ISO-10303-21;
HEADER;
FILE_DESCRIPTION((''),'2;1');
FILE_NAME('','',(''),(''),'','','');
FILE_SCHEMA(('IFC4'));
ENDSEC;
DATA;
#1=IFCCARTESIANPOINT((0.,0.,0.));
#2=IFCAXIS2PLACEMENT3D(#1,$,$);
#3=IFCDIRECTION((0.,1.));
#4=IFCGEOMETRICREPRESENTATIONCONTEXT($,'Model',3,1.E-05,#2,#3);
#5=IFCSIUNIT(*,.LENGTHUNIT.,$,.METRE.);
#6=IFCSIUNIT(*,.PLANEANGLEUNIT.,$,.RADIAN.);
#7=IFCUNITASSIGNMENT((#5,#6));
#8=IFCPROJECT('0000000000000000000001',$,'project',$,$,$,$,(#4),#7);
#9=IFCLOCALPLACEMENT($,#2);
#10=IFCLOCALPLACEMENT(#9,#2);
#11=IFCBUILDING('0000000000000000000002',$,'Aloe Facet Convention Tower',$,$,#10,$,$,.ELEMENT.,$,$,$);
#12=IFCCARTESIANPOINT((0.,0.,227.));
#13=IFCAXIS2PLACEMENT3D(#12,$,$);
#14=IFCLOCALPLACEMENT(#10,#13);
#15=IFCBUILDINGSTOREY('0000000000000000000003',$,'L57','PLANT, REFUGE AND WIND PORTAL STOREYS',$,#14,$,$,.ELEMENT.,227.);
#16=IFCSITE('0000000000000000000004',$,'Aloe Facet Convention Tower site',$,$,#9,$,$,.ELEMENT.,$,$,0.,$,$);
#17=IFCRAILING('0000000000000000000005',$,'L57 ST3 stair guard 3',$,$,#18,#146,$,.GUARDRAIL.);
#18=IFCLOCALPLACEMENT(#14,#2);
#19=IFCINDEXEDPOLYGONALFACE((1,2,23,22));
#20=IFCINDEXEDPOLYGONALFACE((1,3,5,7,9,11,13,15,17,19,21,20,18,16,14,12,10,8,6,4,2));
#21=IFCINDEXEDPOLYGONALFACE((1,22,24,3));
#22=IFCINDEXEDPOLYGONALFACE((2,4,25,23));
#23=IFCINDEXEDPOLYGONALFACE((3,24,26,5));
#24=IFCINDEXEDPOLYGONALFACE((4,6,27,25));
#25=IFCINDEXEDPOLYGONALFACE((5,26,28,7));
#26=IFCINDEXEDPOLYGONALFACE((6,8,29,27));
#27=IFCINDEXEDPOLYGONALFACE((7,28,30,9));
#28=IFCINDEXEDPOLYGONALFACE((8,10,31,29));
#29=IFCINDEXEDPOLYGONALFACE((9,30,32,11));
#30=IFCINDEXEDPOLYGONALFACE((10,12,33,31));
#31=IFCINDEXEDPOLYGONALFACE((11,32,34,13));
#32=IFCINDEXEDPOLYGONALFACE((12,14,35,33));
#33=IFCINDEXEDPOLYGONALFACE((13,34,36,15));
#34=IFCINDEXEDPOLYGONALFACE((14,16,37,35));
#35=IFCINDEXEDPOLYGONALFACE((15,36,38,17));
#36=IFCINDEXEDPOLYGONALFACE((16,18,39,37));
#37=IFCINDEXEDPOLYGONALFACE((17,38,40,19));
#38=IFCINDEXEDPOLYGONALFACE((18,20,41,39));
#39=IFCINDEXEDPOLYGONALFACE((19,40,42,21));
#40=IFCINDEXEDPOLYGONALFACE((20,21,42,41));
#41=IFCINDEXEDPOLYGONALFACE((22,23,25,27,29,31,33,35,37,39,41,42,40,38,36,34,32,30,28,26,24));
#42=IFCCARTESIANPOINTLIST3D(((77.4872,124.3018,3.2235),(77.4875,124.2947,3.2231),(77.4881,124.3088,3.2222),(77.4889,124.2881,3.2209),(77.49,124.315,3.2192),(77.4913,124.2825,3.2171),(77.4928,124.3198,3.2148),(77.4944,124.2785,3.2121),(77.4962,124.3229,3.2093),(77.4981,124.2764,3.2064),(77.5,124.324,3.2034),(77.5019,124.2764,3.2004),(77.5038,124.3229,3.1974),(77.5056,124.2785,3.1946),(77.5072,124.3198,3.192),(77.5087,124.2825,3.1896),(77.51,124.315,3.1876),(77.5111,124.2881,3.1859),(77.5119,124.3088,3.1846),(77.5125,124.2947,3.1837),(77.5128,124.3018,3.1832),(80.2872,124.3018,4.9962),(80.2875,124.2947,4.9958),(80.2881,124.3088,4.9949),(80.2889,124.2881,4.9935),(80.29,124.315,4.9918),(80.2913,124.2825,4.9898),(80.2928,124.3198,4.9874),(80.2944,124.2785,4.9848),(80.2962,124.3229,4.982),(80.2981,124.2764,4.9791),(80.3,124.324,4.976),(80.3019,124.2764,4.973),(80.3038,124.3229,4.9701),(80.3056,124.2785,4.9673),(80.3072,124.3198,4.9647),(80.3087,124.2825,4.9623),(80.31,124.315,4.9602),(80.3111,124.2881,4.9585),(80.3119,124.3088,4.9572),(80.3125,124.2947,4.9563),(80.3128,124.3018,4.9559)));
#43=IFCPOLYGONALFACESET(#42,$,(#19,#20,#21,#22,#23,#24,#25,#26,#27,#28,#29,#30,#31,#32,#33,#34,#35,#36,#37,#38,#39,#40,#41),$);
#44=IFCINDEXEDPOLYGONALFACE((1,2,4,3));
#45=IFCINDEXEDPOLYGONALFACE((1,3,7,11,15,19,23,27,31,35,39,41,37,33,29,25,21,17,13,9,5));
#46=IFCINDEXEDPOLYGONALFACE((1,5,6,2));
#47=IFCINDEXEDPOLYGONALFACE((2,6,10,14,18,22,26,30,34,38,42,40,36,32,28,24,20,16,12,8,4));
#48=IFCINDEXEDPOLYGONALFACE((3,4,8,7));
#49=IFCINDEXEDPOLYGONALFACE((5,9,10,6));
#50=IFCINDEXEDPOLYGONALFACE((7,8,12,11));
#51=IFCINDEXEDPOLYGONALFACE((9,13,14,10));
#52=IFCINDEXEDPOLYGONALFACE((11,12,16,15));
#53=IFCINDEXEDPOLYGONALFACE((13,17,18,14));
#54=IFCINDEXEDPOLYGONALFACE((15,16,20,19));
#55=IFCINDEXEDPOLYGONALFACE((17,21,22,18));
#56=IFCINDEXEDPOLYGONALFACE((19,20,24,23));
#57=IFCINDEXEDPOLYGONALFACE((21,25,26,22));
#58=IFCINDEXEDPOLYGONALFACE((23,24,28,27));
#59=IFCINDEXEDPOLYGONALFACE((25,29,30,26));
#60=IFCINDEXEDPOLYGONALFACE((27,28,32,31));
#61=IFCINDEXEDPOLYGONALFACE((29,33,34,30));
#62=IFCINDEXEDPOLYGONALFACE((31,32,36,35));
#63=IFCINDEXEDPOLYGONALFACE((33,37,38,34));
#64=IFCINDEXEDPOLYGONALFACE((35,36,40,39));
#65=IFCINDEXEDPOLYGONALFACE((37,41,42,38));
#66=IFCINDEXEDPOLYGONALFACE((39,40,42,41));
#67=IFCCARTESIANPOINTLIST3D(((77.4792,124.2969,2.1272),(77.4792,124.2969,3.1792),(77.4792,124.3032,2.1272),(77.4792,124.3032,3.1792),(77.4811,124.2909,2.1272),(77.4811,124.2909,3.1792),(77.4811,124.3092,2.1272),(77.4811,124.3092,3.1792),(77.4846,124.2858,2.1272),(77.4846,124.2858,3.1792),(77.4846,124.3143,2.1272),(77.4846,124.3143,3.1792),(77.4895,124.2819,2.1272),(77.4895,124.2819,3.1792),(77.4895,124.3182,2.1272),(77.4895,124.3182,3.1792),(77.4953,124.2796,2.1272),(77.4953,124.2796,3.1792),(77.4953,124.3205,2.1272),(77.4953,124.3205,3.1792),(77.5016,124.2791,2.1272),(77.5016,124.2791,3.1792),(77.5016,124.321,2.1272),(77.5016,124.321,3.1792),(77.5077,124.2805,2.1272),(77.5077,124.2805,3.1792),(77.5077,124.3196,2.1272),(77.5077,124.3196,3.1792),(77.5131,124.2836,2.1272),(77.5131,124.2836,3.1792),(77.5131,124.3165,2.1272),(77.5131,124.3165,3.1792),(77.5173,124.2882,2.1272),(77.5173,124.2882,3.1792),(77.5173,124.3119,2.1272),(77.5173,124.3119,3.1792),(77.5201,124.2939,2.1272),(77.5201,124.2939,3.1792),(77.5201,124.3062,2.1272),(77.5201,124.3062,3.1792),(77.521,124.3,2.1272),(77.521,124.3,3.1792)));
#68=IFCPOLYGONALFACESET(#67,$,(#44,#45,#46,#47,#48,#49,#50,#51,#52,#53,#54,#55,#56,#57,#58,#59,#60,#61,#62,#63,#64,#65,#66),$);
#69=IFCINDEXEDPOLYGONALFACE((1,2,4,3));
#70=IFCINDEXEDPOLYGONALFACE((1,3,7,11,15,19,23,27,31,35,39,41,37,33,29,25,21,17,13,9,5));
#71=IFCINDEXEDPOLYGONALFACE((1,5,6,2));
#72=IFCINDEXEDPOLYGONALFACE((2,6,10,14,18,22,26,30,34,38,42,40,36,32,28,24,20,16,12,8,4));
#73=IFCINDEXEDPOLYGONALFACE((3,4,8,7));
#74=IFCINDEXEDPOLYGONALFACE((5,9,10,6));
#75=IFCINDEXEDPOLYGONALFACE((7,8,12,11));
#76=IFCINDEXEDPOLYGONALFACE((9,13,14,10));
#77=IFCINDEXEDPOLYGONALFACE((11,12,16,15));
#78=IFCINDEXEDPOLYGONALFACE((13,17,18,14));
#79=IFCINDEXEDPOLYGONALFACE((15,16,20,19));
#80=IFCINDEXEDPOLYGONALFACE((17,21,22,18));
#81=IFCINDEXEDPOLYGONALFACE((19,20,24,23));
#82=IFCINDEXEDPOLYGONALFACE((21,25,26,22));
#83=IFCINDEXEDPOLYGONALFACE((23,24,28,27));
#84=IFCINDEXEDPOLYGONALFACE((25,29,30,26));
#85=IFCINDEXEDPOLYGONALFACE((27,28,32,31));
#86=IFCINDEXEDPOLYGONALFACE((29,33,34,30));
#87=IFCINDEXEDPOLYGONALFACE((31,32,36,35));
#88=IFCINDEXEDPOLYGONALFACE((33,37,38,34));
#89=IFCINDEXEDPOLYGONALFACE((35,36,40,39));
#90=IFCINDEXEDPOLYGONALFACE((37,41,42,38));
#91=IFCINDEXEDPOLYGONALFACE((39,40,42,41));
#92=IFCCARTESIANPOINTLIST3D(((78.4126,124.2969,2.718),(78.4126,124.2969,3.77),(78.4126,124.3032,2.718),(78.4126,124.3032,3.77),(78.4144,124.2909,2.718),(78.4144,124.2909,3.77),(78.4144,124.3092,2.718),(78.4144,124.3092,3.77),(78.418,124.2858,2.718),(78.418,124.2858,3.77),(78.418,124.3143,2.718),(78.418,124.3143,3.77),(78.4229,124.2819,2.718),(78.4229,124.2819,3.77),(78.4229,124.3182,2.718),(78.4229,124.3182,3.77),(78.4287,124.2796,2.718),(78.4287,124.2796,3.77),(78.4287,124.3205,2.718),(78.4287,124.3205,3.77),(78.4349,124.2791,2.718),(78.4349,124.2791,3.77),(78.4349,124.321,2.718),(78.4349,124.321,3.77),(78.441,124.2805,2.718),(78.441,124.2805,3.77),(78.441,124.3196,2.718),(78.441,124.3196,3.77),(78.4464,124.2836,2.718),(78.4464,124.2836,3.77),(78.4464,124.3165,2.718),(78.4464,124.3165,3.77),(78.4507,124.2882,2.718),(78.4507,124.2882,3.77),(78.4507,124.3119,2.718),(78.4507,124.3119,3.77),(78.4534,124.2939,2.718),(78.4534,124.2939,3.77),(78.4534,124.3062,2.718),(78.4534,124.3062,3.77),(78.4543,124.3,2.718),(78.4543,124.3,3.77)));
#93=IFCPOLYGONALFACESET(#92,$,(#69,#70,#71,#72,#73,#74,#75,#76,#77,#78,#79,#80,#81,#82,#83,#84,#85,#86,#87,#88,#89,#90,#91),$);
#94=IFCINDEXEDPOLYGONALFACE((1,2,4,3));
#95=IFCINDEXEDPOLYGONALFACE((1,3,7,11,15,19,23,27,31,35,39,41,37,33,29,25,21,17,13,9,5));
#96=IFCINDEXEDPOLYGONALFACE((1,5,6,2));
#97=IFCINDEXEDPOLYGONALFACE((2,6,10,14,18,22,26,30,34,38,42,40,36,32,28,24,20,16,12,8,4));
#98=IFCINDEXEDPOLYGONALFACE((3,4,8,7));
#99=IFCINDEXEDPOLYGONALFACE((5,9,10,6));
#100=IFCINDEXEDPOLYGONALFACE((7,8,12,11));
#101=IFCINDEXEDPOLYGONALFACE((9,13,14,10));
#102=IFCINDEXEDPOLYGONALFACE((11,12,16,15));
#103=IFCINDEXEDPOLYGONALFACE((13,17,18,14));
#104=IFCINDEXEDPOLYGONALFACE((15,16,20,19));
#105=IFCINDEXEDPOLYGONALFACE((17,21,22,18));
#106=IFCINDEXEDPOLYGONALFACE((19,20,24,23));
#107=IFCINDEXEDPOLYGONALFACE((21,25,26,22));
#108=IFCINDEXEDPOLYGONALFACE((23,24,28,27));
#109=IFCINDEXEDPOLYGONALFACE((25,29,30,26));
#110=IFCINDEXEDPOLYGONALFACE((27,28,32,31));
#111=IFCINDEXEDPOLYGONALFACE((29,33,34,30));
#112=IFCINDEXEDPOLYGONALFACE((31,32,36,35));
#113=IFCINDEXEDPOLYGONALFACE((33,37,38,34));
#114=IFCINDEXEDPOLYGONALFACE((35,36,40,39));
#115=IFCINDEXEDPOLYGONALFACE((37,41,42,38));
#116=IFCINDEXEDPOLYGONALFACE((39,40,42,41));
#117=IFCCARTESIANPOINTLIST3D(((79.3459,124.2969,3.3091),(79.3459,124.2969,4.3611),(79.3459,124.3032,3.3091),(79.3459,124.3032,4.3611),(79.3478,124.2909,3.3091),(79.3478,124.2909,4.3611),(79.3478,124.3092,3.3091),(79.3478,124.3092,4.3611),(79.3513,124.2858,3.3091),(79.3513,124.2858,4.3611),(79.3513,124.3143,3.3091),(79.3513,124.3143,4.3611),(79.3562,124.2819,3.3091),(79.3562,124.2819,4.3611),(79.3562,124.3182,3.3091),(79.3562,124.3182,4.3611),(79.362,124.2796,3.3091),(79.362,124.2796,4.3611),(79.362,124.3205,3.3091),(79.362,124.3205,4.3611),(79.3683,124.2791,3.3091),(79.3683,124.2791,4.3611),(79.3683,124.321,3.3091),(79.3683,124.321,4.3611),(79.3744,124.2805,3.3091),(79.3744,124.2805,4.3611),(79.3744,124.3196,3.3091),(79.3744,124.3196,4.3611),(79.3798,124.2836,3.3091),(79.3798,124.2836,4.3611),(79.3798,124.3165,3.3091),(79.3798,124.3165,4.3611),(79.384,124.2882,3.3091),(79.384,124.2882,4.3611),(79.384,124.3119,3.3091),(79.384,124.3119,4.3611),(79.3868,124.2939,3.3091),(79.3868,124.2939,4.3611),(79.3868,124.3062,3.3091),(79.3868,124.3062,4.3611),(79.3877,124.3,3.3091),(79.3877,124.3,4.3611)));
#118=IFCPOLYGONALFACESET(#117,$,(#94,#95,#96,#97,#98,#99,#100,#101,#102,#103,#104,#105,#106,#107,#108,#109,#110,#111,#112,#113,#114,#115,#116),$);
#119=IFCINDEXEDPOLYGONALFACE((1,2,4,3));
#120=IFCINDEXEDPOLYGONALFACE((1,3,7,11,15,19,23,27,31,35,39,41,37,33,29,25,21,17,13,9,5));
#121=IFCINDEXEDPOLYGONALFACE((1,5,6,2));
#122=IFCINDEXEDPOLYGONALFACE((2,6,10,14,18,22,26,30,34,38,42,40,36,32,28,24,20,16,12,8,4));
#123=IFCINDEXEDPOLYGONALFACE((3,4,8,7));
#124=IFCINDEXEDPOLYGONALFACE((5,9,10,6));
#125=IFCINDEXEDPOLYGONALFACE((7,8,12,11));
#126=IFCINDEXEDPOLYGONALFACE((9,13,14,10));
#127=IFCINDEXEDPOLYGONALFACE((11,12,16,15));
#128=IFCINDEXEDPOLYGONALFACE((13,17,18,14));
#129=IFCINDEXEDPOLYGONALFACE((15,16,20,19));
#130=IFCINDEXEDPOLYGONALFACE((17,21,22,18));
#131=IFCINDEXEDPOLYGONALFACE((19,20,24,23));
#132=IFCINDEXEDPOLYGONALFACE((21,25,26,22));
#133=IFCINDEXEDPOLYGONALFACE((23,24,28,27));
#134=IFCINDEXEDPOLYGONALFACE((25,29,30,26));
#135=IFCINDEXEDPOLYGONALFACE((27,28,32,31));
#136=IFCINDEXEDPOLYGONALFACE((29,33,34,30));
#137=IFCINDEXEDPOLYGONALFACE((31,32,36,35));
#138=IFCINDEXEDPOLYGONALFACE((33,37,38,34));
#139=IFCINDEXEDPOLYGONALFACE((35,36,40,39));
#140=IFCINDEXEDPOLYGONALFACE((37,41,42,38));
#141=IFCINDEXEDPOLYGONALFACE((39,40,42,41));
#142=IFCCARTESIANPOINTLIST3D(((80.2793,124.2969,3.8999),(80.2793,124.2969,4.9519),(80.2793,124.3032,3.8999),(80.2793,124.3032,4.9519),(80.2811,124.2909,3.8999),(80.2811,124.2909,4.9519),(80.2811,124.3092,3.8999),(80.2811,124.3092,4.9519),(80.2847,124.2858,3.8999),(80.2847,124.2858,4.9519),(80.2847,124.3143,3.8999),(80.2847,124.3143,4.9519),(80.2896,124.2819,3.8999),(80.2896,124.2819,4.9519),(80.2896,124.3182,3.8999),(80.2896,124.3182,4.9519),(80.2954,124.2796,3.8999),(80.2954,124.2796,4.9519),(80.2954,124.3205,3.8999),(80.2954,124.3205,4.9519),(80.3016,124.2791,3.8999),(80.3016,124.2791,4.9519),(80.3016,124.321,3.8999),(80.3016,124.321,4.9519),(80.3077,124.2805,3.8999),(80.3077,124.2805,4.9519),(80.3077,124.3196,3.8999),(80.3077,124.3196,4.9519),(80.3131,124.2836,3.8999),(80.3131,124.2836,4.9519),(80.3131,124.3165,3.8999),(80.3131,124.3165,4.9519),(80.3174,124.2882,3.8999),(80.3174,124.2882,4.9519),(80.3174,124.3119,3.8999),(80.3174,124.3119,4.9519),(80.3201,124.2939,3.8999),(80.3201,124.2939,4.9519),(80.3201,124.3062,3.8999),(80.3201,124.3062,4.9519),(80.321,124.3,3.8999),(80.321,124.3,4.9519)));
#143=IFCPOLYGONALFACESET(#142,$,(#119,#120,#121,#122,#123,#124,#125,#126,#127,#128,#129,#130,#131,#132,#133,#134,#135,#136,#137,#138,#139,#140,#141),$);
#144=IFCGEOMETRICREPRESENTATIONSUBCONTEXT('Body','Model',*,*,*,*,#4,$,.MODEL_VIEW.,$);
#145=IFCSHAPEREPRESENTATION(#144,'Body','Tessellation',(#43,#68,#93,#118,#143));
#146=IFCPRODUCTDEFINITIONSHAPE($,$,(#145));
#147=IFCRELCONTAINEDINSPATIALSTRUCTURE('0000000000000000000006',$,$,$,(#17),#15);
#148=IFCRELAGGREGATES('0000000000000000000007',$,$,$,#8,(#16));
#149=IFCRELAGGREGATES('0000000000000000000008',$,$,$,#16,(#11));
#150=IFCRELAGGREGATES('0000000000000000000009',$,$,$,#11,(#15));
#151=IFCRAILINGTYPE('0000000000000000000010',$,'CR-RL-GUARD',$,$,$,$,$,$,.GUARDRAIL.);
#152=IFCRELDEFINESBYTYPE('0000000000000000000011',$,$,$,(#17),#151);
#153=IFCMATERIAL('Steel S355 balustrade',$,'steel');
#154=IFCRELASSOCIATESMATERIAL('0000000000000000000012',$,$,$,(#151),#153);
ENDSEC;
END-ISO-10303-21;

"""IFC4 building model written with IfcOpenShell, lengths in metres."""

from ifc_helpers import new_model, si_unit, direction, frame, origin, origin_2d, place, context, subcontext, project, spatial, circle, extrude, material, type_object, element, save


model = new_model("IFC4")

# Units and contexts
model_context = context("Model", 3, precision=1e-05, world=origin(), true_north=direction((0.0, 1.0)))
body_context = subcontext(model_context, "Body", "Model", "MODEL_VIEW")
ifc_project = project(units=[si_unit("LENGTHUNIT", "METRE"), si_unit("PLANEANGLEUNIT", "RADIAN")], contexts=[model_context])

# Site, building, storey
site_placement = place(None, origin())
site = spatial("IfcSite", under=ifc_project, at=site_placement, Name="Aloe Facet Convention Tower site", CompositionType="ELEMENT", RefElevation=0.0)
building_placement = place(site_placement, origin())
building = spatial("IfcBuilding", under=site, at=building_placement, Name="Aloe Facet Convention Tower", CompositionType="ELEMENT")
storey_placement = place(building_placement, frame((0.0, 0.0, 227.0)))
storey = spatial("IfcBuildingStorey", under=building, at=storey_placement, Name="L57", Description="PLANT, REFUGE AND WIND PORTAL STOREYS", CompositionType="ELEMENT", Elevation=227.0)

# Railing
ifc_material_1 = material(Name="Steel S355 balustrade", Category="steel")
railing_type_1 = type_object("IfcRailingType", Name="CR-RL-GUARD", PredefinedType="GUARDRAIL", material=ifc_material_1)
railing_1_placement = place(storey_placement, frame((77.5, 124.3, 2.1272)))
element("IfcRailing", 1, at=railing_1_placement, inside=storey, type_object=railing_type_1, Name="L57 ST3 stair guard 3", PredefinedType="GUARDRAIL", context=body_context, shape_type="SweptSolid", body=[
    extrude(circle(Radius=0.0239, at=origin_2d()), frame((0.0, 0.0, 1.0762), z_axis=(0.844909, 0.0, 0.53491), x_axis=(0.0, 1.0, 0.0)), (0.0, 0.0, 1.0), 3.314),
    extrude(circle(Radius=0.021, at=origin_2d()), origin(), (0.0, 0.0, 1.0), 1.052),
    extrude(circle(Radius=0.021, at=origin_2d()), frame((0.9333, 0.0, 0.5908)), (0.0, 0.0, 1.0), 1.052),
    extrude(circle(Radius=0.021, at=origin_2d()), frame((1.8667, 0.0, 1.1819)), (0.0, 0.0, 1.0), 1.052),
    extrude(circle(Radius=0.021, at=origin_2d()), frame((2.8, 0.0, 1.7727)), (0.0, 0.0, 1.0), 1.052),
])

save(model, "model.ifc")
